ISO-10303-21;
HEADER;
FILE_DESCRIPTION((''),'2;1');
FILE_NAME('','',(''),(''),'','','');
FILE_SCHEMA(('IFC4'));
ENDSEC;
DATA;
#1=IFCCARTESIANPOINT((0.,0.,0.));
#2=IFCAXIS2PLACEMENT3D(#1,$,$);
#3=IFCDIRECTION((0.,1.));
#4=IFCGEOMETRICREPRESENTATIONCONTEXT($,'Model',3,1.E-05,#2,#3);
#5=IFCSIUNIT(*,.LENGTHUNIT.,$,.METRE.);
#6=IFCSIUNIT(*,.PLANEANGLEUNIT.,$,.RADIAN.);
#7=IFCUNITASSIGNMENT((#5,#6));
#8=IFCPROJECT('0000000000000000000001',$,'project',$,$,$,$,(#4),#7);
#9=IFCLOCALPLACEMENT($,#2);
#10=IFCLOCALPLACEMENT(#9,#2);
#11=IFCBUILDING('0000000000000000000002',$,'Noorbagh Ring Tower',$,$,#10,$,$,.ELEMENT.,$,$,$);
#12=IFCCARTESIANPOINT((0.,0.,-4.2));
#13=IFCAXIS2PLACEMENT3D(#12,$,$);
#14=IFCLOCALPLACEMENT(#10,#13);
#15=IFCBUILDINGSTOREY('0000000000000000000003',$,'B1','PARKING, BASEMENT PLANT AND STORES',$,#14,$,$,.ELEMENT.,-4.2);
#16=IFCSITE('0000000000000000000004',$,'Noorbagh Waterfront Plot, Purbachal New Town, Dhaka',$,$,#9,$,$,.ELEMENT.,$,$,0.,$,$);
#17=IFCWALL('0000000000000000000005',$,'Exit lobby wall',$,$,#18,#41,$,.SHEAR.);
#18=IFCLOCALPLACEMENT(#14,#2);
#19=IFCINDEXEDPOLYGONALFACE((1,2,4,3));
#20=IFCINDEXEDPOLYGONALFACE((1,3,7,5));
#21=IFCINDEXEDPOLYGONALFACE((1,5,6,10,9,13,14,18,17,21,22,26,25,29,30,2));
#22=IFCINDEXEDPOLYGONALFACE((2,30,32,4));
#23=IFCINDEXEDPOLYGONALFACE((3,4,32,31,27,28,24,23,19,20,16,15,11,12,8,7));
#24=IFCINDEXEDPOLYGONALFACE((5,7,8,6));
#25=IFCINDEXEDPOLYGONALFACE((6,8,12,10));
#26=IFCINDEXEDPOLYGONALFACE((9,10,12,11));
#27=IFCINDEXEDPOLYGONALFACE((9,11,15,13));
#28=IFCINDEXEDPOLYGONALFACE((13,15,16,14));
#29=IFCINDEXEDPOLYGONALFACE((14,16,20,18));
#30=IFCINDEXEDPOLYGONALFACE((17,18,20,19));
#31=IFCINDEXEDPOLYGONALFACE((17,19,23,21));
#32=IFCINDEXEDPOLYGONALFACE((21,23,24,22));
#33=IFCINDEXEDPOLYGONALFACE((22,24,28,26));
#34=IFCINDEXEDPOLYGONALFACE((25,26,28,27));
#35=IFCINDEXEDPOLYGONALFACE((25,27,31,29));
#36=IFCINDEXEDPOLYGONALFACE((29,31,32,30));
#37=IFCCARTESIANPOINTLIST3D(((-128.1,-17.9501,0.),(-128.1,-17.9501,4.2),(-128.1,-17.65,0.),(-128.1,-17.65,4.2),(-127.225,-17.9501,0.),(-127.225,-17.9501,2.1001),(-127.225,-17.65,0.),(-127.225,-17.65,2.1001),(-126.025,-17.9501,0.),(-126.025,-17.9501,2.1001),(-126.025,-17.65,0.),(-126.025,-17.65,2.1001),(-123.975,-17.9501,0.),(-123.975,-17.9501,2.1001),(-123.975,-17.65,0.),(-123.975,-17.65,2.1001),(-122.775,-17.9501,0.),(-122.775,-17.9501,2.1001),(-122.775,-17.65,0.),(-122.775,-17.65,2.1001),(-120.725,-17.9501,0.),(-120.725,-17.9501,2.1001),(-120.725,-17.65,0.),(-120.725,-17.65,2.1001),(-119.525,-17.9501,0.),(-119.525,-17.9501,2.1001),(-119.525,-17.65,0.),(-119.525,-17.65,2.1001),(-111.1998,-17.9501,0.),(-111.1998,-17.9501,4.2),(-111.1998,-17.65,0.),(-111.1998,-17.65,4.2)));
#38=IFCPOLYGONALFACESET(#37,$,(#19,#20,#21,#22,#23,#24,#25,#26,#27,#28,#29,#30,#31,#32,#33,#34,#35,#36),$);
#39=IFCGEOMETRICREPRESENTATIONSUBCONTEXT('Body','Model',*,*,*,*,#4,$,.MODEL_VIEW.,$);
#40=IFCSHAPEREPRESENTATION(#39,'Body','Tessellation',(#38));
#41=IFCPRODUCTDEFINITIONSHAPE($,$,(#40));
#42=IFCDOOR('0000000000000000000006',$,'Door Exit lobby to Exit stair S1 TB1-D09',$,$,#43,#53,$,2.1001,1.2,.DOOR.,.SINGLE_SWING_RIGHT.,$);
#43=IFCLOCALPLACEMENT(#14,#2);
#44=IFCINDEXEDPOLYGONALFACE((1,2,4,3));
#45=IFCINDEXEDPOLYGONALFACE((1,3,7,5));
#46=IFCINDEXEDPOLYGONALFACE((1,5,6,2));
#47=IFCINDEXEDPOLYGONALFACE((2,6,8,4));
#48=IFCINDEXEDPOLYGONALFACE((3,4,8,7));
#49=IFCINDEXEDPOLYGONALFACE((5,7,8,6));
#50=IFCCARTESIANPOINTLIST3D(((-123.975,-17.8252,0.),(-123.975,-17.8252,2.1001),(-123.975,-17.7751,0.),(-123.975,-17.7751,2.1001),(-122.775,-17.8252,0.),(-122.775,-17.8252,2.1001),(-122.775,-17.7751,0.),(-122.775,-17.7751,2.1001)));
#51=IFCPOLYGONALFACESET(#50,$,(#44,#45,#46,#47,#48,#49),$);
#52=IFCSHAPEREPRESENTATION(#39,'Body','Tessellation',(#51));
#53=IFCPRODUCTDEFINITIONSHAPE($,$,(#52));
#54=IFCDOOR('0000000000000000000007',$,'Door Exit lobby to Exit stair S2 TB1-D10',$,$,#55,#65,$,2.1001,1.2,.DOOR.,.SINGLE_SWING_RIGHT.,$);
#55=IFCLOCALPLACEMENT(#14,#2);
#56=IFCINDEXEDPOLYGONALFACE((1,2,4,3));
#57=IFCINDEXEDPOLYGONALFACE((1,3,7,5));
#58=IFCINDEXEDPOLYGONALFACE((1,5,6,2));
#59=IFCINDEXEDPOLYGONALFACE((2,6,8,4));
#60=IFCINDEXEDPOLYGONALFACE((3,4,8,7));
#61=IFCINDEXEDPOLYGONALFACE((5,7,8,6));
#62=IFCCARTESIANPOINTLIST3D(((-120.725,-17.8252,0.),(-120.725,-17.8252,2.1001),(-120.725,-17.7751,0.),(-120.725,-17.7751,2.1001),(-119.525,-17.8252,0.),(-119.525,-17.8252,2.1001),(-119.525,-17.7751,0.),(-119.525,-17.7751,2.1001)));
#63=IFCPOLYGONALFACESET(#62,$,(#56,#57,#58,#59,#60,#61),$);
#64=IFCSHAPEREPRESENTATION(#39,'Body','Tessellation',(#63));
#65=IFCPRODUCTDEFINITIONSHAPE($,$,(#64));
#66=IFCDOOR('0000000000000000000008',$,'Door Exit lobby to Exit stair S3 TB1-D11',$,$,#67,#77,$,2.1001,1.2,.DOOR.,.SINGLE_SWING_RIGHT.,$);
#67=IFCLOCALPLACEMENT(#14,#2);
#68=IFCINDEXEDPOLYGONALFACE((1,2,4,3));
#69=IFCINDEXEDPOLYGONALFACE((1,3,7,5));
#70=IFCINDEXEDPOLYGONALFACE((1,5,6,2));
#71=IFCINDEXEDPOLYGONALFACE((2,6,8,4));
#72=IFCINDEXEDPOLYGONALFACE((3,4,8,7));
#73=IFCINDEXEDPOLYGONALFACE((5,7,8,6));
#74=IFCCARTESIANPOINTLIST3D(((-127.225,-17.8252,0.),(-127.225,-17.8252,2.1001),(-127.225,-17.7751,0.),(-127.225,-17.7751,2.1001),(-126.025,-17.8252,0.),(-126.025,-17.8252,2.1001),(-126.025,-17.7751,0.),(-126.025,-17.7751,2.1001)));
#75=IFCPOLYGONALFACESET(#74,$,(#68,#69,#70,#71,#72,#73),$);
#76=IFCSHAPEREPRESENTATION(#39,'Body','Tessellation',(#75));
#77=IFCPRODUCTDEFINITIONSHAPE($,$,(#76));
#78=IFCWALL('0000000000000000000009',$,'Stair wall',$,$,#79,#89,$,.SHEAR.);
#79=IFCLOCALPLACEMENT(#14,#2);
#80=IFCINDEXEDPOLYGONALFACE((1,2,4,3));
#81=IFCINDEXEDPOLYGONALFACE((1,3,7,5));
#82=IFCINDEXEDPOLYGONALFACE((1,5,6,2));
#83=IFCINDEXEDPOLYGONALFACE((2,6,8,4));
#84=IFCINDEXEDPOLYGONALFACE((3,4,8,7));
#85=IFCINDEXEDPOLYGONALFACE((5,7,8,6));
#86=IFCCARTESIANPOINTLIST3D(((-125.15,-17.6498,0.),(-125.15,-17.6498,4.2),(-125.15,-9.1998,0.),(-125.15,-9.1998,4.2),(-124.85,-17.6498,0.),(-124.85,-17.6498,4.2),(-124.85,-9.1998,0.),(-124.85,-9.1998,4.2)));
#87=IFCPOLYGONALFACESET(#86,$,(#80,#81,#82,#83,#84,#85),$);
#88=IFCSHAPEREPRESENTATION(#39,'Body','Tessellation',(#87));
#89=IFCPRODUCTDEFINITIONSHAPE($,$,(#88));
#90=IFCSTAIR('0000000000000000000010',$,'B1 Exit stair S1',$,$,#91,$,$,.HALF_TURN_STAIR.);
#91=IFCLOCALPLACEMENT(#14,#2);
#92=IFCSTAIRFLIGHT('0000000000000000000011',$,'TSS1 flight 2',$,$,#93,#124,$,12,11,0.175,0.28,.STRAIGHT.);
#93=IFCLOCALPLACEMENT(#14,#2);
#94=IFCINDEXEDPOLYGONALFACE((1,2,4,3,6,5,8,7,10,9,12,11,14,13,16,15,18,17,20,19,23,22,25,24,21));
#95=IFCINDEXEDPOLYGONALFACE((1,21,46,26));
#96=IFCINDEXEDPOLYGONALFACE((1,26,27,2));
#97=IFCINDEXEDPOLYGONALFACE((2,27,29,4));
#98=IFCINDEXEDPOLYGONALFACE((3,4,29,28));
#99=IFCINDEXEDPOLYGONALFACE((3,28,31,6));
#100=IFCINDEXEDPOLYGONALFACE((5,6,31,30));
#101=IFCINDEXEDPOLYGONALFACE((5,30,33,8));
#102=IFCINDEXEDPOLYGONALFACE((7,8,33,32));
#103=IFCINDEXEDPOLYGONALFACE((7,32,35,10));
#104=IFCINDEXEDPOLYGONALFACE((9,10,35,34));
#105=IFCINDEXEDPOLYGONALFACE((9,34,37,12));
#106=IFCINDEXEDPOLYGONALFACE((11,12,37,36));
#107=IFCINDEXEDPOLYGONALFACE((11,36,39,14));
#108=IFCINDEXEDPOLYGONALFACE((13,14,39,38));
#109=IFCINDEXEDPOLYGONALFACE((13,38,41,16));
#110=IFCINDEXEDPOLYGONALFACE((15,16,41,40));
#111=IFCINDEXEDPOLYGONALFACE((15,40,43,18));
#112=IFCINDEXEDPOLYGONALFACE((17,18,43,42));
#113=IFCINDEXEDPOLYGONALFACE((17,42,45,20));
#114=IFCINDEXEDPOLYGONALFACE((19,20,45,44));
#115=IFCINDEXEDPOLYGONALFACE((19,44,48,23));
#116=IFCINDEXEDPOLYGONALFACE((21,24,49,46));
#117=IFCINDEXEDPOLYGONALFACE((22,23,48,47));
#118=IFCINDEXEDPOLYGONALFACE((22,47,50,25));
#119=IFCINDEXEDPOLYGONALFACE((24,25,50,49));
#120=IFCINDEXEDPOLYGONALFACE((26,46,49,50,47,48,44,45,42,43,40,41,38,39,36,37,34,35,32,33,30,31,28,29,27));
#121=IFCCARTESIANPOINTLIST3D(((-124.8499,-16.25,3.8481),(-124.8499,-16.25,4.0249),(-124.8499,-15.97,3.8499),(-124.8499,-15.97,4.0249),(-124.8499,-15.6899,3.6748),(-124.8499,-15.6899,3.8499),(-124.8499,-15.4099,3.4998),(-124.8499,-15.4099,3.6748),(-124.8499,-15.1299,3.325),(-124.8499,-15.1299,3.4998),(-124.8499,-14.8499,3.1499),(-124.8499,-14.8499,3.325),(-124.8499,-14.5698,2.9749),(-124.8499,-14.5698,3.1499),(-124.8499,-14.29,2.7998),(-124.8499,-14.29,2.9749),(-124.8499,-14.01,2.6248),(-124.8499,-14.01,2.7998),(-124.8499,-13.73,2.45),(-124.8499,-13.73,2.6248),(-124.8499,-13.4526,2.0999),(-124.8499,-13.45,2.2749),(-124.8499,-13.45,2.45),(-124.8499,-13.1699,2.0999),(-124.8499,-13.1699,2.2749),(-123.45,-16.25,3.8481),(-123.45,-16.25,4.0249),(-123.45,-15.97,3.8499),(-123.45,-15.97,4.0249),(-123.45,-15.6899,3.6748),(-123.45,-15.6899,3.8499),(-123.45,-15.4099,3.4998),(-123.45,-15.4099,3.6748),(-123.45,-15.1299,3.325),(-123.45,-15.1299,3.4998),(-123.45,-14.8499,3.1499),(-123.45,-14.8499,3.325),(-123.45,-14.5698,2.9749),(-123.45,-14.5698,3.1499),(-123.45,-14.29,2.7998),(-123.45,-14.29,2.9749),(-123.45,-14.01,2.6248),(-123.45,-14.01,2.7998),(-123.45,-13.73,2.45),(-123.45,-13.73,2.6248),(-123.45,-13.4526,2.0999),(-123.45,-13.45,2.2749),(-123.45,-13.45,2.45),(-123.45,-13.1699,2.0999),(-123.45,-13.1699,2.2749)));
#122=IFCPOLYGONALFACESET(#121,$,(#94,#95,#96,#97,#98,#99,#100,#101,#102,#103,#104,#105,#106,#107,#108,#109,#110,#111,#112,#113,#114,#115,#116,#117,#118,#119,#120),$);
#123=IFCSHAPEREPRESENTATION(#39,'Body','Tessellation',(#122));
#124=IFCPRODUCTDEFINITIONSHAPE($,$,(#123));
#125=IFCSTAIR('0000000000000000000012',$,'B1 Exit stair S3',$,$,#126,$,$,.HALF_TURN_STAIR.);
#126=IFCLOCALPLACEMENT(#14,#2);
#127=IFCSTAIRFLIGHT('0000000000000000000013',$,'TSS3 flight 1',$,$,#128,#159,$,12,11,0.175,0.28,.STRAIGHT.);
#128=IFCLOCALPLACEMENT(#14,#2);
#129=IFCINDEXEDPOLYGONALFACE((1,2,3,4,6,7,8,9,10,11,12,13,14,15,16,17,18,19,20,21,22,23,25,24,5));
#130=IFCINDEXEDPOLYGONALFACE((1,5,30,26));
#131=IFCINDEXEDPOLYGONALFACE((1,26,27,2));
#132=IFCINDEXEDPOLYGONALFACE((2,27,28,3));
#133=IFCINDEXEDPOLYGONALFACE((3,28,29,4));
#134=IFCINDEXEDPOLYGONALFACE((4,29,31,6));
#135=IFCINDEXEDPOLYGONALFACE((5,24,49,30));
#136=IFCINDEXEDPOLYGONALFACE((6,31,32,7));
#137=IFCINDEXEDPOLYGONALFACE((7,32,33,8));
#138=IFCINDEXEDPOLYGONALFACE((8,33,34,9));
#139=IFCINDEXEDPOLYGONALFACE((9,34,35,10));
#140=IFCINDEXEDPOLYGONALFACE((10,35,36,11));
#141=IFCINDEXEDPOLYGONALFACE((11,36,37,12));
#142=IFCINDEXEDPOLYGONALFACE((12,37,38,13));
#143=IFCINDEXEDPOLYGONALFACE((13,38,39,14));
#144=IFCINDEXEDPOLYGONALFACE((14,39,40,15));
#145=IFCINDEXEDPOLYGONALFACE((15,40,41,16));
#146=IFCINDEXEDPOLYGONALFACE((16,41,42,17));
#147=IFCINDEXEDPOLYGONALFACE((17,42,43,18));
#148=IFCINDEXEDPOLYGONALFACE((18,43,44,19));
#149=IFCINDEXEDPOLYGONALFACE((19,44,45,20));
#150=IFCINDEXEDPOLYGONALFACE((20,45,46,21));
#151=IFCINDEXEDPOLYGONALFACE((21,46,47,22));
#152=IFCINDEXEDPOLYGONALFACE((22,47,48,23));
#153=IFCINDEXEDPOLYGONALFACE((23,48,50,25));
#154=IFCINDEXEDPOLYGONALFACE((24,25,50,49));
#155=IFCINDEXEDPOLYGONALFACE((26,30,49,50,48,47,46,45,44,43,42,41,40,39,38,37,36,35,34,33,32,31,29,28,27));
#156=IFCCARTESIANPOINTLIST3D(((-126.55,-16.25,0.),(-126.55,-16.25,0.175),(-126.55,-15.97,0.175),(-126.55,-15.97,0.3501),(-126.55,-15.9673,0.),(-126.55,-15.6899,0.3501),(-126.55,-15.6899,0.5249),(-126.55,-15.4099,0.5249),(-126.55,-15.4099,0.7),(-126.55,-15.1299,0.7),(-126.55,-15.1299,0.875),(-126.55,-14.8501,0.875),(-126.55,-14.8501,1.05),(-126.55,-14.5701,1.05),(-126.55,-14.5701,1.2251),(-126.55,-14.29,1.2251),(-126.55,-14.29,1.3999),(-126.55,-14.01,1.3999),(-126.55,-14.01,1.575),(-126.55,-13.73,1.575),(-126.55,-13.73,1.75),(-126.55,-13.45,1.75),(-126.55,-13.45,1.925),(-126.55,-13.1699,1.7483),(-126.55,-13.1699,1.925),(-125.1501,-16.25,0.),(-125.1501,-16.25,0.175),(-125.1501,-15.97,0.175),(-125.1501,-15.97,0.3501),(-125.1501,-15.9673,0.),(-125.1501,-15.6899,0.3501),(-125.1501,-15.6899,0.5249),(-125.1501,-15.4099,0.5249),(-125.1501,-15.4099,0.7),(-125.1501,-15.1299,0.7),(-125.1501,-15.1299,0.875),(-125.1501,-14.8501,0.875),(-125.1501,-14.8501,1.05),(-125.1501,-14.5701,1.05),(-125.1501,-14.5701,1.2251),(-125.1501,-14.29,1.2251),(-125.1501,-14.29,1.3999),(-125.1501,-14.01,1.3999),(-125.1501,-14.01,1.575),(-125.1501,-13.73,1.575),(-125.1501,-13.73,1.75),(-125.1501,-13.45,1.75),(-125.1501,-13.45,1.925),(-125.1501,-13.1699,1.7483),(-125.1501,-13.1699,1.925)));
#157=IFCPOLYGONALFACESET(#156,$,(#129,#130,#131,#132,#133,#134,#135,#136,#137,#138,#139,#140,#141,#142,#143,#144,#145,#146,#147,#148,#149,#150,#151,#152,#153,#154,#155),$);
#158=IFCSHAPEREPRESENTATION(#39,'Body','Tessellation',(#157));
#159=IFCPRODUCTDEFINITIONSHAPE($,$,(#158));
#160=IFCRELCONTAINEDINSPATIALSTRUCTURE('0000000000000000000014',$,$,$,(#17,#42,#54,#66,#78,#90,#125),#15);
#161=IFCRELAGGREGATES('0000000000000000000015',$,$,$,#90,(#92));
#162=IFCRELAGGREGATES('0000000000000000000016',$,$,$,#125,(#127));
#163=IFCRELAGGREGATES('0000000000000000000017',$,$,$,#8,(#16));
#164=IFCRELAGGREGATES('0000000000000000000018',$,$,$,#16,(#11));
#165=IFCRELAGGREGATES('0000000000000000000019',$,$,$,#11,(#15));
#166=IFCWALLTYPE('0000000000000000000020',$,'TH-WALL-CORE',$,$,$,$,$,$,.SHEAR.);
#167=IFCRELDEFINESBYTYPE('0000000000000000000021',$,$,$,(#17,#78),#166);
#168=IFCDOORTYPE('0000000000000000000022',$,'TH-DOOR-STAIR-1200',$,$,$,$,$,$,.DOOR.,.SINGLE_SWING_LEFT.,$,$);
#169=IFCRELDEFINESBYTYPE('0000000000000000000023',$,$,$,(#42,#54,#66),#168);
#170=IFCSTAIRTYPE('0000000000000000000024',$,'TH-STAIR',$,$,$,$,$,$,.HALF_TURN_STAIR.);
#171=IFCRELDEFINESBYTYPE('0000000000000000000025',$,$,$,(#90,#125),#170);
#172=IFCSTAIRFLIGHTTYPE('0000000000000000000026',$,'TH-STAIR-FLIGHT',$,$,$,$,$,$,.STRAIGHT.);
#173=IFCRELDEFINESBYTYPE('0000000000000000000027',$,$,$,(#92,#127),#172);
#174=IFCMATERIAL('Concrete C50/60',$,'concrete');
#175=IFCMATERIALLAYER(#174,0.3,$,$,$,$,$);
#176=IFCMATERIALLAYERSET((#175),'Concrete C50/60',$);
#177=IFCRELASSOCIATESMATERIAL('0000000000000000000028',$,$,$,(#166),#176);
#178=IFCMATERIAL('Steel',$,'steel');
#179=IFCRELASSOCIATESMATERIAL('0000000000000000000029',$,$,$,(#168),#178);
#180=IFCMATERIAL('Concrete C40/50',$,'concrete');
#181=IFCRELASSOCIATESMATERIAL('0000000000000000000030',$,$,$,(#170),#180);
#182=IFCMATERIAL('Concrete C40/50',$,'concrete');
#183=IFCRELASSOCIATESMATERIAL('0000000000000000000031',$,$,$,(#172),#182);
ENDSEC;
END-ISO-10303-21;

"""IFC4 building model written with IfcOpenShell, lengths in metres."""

from ifc_helpers import new_model, si_unit, direction, frame, frame_2d, origin, place, context, subcontext, project, spatial, polyline, rectangle, outline, extrude, material, layer, layer_set, type_object, element, fill, aggregate, save


model = new_model("IFC4")

# Units and contexts
model_context = context("Model", 3, precision=1e-05, world=origin(), true_north=direction((0.0, 1.0)))
body_context = subcontext(model_context, "Body", "Model", "MODEL_VIEW")
ifc_project = project(units=[si_unit("LENGTHUNIT", "METRE"), si_unit("PLANEANGLEUNIT", "RADIAN")], contexts=[model_context])

# Site, building, storey
site_placement = place(None, origin())
site = spatial("IfcSite", under=ifc_project, at=site_placement, Name="Noorbagh Waterfront Plot, Purbachal New Town, Dhaka", CompositionType="ELEMENT", RefElevation=0.0)
building_placement = place(site_placement, origin())
building = spatial("IfcBuilding", under=site, at=building_placement, Name="Noorbagh Ring Tower", CompositionType="ELEMENT")
storey_placement = place(building_placement, frame((0.0, 0.0, -4.2)))
storey = spatial("IfcBuildingStorey", under=building, at=storey_placement, Name="B1", Description="PARKING, BASEMENT PLANT AND STORES", CompositionType="ELEMENT", Elevation=-4.2)

# Shared definitions
ifc_material_1 = material(Name="Concrete C50/60", Category="concrete")
ifc_layer = layer(ifc_material_1, 0.3)
ifc_layer_set = layer_set([ifc_layer], Name="Concrete C50/60")
wall_type = type_object("IfcWallType", Name="TH-WALL-CORE", PredefinedType="SHEAR", material=ifc_layer_set)

# Wall, openings, doors
wall_1_placement = place(storey_placement, frame((-128.1001, -17.8, 0.0), z_axis=(0.0, 0.0, 1.0), x_axis=(1.0, 0.0, 0.0)))
wall_1 = element("IfcWall", 1, at=wall_1_placement, inside=storey, type_object=wall_type, Name="Exit lobby wall", PredefinedType="SHEAR", context=body_context, shape_type="SweptSolid", body=[
    extrude(rectangle(XDim=16.9001, YDim=0.3, at=frame_2d((8.4502, 0.0))), origin(), (0.0, 0.0, 1.0), 4.2),
])
opening_1_placement = place(wall_1_placement, frame((4.125, 0.0, 0.0)))
opening_1 = element("IfcOpeningElement", 2, at=opening_1_placement, cuts=wall_1, PredefinedType="OPENING", context=body_context, shape_type="SweptSolid", body=[
    extrude(rectangle(XDim=1.2, YDim=2.1001, at=frame_2d((0.6001, 1.05))), frame((0.0, 0.1602, 0.0), z_axis=(0.0, -1.0, 0.0), x_axis=(1.0, 0.0, 0.0)), (0.0, 0.0, 1.0), 0.3201),
])
opening_2_placement = place(wall_1_placement, frame((7.375, 0.0, 0.0)))
opening_2 = element("IfcOpeningElement", 3, at=opening_2_placement, cuts=wall_1, PredefinedType="OPENING", context=body_context, shape_type="SweptSolid", body=[
    extrude(rectangle(XDim=1.2, YDim=2.1001, at=frame_2d((0.6001, 1.05))), frame((0.0, 0.1602, 0.0), z_axis=(0.0, -1.0, 0.0), x_axis=(1.0, 0.0, 0.0)), (0.0, 0.0, 1.0), 0.3201),
])
opening_3_placement = place(wall_1_placement, frame((0.875, 0.0, 0.0)))
opening_3 = element("IfcOpeningElement", 4, at=opening_3_placement, cuts=wall_1, PredefinedType="OPENING", context=body_context, shape_type="SweptSolid", body=[
    extrude(rectangle(XDim=1.2, YDim=2.1001, at=frame_2d((0.6001, 1.05))), frame((0.0, 0.1602, 0.0), z_axis=(0.0, -1.0, 0.0), x_axis=(1.0, 0.0, 0.0)), (0.0, 0.0, 1.0), 0.3201),
])
ifc_material_2 = material(Name="Steel", Category="steel")
door_type_1 = type_object("IfcDoorType", Name="TH-DOOR-STAIR-1200", OperationType="SINGLE_SWING_LEFT", PredefinedType="DOOR", material=ifc_material_2)
door_1_placement = place(opening_1_placement, origin())
door_1 = element("IfcDoor", 5, at=door_1_placement, inside=storey, type_object=door_type_1, Name="Door Exit lobby to Exit stair S1 TB1-D09", OperationType="SINGLE_SWING_RIGHT", OverallHeight=2.1001, OverallWidth=1.2, PredefinedType="DOOR", context=body_context, shape_type="SweptSolid", body=[
    extrude(rectangle(XDim=1.2, YDim=2.1001, at=frame_2d((0.6001, 1.05))), frame((0.0, 0.0249, 0.0), z_axis=(0.0, -1.0, 0.0), x_axis=(1.0, 0.0, 0.0)), (0.0, 0.0, 1.0), 0.05),
])
fill(opening_1, door_1)
door_2_placement = place(opening_2_placement, origin())
door_2 = element("IfcDoor", 6, at=door_2_placement, inside=storey, type_object=door_type_1, Name="Door Exit lobby to Exit stair S2 TB1-D10", OperationType="SINGLE_SWING_RIGHT", OverallHeight=2.1001, OverallWidth=1.2, PredefinedType="DOOR", context=body_context, shape_type="SweptSolid", body=[
    extrude(rectangle(XDim=1.2, YDim=2.1001, at=frame_2d((0.6001, 1.05))), frame((0.0, 0.0249, 0.0), z_axis=(0.0, -1.0, 0.0), x_axis=(1.0, 0.0, 0.0)), (0.0, 0.0, 1.0), 0.05),
])
fill(opening_2, door_2)
door_3_placement = place(opening_3_placement, origin())
door_3 = element("IfcDoor", 7, at=door_3_placement, inside=storey, type_object=door_type_1, Name="Door Exit lobby to Exit stair S3 TB1-D11", OperationType="SINGLE_SWING_RIGHT", OverallHeight=2.1001, OverallWidth=1.2, PredefinedType="DOOR", context=body_context, shape_type="SweptSolid", body=[
    extrude(rectangle(XDim=1.2, YDim=2.1001, at=frame_2d((0.6001, 1.05))), frame((0.0, 0.0249, 0.0), z_axis=(0.0, -1.0, 0.0), x_axis=(1.0, 0.0, 0.0)), (0.0, 0.0, 1.0), 0.05),
])
fill(opening_3, door_3)

# Wall
wall_2_placement = place(storey_placement, frame((-125.0, -17.6499, 0.0), z_axis=(0.0, 0.0, 1.0), x_axis=(0.0, 1.0, 0.0)))
element("IfcWall", 8, at=wall_2_placement, inside=storey, type_object=wall_type, Name="Stair wall", PredefinedType="SHEAR", context=body_context, shape_type="SweptSolid", body=[
    extrude(rectangle(XDim=8.45, YDim=0.3, at=frame_2d((4.2251, 0.0))), origin(), (0.0, 0.0, 1.0), 4.2),
])

# Stair, stair flight
ifc_material_3 = material(Name="Concrete C40/50", Category="concrete")
stair_type = type_object("IfcStairType", Name="TH-STAIR", PredefinedType="HALF_TURN_STAIR", material=ifc_material_3)
stair_1_placement = place(storey_placement, origin())
stair_1 = element("IfcStair", 9, at=stair_1_placement, inside=storey, type_object=stair_type, Name="B1 Exit stair S1", PredefinedType="HALF_TURN_STAIR")
ifc_material_4 = material(Name="Concrete C40/50", Category="concrete")
stair_flight_type = type_object("IfcStairFlightType", Name="TH-STAIR-FLIGHT", PredefinedType="STRAIGHT", material=ifc_material_4)
stair_flight_1_placement = place(storey_placement, frame((-124.1499, -13.1699, 2.0999), z_axis=(0.0, 0.0, 1.0), x_axis=(0.0, -1.0, 0.0)))
stair_flight_1 = element("IfcStairFlight", 10, at=stair_flight_1_placement, type_object=stair_flight_type, Name="TSS1 flight 2", NumberOfRisers=12, NumberOfTreads=11, PredefinedType="STRAIGHT", RiserHeight=0.175, TreadLength=0.28, context=body_context, shape_type="SweptSolid", body=[
    extrude(outline(polyline([(0.0, 0.0), (0.0, 0.175), (0.28, 0.175), (0.28, 0.3501), (0.5601, 0.3501), (0.5601, 0.5249), (0.8401, 0.5249), (0.8401, 0.7), (1.1201, 0.7), (1.1201, 0.875), (1.3999, 0.875), (1.3999, 1.05), (1.6799, 1.05), (1.6799, 1.2251), (1.96, 1.2251), (1.96, 1.3999), (2.24, 1.3999), (2.24, 1.575), (2.52, 1.575), (2.52, 1.75), (2.8, 1.75), (2.8, 1.925), (3.0801, 1.925), (3.0801, 2.1001), (3.0801, 1.7483), (0.2827, 0.0), (0.0, 0.0)])), frame((0.0, 0.7, 0.0), z_axis=(0.0, -1.0, 0.0), x_axis=(1.0, 0.0, 0.0)), (0.0, 0.0, 1.0), 1.3999),
])
aggregate(stair_1, [stair_flight_1])

# Stair, stair flight
stair_2_placement = place(storey_placement, origin())
stair_2 = element("IfcStair", 11, at=stair_2_placement, inside=storey, type_object=stair_type, Name="B1 Exit stair S3", PredefinedType="HALF_TURN_STAIR")
stair_flight_2_placement = place(storey_placement, frame((-125.8501, -16.25, 0.0), z_axis=(0.0, 0.0, 1.0), x_axis=(0.0, 1.0, 0.0)))
stair_flight_2 = element("IfcStairFlight", 12, at=stair_flight_2_placement, type_object=stair_flight_type, Name="TSS3 flight 1", NumberOfRisers=12, NumberOfTreads=11, PredefinedType="STRAIGHT", RiserHeight=0.175, TreadLength=0.28, context=body_context, shape_type="SweptSolid", body=[
    extrude(outline(polyline([(0.0, 0.0), (0.0, 0.175), (0.28, 0.175), (0.28, 0.3501), (0.5601, 0.3501), (0.5601, 0.5249), (0.8401, 0.5249), (0.8401, 0.7), (1.1201, 0.7), (1.1201, 0.875), (1.3999, 0.875), (1.3999, 1.05), (1.6799, 1.05), (1.6799, 1.2251), (1.96, 1.2251), (1.96, 1.3999), (2.24, 1.3999), (2.24, 1.575), (2.52, 1.575), (2.52, 1.75), (2.8, 1.75), (2.8, 1.925), (3.0801, 1.925), (3.0801, 2.1001), (3.0801, 1.7483), (0.2827, 0.0), (0.0, 0.0)])), frame((0.0, 0.7, 0.0), z_axis=(0.0, -1.0, 0.0), x_axis=(1.0, 0.0, 0.0)), (0.0, 0.0, 1.0), 1.3999),
])
aggregate(stair_2, [stair_flight_2])

save(model, "model.ifc")
